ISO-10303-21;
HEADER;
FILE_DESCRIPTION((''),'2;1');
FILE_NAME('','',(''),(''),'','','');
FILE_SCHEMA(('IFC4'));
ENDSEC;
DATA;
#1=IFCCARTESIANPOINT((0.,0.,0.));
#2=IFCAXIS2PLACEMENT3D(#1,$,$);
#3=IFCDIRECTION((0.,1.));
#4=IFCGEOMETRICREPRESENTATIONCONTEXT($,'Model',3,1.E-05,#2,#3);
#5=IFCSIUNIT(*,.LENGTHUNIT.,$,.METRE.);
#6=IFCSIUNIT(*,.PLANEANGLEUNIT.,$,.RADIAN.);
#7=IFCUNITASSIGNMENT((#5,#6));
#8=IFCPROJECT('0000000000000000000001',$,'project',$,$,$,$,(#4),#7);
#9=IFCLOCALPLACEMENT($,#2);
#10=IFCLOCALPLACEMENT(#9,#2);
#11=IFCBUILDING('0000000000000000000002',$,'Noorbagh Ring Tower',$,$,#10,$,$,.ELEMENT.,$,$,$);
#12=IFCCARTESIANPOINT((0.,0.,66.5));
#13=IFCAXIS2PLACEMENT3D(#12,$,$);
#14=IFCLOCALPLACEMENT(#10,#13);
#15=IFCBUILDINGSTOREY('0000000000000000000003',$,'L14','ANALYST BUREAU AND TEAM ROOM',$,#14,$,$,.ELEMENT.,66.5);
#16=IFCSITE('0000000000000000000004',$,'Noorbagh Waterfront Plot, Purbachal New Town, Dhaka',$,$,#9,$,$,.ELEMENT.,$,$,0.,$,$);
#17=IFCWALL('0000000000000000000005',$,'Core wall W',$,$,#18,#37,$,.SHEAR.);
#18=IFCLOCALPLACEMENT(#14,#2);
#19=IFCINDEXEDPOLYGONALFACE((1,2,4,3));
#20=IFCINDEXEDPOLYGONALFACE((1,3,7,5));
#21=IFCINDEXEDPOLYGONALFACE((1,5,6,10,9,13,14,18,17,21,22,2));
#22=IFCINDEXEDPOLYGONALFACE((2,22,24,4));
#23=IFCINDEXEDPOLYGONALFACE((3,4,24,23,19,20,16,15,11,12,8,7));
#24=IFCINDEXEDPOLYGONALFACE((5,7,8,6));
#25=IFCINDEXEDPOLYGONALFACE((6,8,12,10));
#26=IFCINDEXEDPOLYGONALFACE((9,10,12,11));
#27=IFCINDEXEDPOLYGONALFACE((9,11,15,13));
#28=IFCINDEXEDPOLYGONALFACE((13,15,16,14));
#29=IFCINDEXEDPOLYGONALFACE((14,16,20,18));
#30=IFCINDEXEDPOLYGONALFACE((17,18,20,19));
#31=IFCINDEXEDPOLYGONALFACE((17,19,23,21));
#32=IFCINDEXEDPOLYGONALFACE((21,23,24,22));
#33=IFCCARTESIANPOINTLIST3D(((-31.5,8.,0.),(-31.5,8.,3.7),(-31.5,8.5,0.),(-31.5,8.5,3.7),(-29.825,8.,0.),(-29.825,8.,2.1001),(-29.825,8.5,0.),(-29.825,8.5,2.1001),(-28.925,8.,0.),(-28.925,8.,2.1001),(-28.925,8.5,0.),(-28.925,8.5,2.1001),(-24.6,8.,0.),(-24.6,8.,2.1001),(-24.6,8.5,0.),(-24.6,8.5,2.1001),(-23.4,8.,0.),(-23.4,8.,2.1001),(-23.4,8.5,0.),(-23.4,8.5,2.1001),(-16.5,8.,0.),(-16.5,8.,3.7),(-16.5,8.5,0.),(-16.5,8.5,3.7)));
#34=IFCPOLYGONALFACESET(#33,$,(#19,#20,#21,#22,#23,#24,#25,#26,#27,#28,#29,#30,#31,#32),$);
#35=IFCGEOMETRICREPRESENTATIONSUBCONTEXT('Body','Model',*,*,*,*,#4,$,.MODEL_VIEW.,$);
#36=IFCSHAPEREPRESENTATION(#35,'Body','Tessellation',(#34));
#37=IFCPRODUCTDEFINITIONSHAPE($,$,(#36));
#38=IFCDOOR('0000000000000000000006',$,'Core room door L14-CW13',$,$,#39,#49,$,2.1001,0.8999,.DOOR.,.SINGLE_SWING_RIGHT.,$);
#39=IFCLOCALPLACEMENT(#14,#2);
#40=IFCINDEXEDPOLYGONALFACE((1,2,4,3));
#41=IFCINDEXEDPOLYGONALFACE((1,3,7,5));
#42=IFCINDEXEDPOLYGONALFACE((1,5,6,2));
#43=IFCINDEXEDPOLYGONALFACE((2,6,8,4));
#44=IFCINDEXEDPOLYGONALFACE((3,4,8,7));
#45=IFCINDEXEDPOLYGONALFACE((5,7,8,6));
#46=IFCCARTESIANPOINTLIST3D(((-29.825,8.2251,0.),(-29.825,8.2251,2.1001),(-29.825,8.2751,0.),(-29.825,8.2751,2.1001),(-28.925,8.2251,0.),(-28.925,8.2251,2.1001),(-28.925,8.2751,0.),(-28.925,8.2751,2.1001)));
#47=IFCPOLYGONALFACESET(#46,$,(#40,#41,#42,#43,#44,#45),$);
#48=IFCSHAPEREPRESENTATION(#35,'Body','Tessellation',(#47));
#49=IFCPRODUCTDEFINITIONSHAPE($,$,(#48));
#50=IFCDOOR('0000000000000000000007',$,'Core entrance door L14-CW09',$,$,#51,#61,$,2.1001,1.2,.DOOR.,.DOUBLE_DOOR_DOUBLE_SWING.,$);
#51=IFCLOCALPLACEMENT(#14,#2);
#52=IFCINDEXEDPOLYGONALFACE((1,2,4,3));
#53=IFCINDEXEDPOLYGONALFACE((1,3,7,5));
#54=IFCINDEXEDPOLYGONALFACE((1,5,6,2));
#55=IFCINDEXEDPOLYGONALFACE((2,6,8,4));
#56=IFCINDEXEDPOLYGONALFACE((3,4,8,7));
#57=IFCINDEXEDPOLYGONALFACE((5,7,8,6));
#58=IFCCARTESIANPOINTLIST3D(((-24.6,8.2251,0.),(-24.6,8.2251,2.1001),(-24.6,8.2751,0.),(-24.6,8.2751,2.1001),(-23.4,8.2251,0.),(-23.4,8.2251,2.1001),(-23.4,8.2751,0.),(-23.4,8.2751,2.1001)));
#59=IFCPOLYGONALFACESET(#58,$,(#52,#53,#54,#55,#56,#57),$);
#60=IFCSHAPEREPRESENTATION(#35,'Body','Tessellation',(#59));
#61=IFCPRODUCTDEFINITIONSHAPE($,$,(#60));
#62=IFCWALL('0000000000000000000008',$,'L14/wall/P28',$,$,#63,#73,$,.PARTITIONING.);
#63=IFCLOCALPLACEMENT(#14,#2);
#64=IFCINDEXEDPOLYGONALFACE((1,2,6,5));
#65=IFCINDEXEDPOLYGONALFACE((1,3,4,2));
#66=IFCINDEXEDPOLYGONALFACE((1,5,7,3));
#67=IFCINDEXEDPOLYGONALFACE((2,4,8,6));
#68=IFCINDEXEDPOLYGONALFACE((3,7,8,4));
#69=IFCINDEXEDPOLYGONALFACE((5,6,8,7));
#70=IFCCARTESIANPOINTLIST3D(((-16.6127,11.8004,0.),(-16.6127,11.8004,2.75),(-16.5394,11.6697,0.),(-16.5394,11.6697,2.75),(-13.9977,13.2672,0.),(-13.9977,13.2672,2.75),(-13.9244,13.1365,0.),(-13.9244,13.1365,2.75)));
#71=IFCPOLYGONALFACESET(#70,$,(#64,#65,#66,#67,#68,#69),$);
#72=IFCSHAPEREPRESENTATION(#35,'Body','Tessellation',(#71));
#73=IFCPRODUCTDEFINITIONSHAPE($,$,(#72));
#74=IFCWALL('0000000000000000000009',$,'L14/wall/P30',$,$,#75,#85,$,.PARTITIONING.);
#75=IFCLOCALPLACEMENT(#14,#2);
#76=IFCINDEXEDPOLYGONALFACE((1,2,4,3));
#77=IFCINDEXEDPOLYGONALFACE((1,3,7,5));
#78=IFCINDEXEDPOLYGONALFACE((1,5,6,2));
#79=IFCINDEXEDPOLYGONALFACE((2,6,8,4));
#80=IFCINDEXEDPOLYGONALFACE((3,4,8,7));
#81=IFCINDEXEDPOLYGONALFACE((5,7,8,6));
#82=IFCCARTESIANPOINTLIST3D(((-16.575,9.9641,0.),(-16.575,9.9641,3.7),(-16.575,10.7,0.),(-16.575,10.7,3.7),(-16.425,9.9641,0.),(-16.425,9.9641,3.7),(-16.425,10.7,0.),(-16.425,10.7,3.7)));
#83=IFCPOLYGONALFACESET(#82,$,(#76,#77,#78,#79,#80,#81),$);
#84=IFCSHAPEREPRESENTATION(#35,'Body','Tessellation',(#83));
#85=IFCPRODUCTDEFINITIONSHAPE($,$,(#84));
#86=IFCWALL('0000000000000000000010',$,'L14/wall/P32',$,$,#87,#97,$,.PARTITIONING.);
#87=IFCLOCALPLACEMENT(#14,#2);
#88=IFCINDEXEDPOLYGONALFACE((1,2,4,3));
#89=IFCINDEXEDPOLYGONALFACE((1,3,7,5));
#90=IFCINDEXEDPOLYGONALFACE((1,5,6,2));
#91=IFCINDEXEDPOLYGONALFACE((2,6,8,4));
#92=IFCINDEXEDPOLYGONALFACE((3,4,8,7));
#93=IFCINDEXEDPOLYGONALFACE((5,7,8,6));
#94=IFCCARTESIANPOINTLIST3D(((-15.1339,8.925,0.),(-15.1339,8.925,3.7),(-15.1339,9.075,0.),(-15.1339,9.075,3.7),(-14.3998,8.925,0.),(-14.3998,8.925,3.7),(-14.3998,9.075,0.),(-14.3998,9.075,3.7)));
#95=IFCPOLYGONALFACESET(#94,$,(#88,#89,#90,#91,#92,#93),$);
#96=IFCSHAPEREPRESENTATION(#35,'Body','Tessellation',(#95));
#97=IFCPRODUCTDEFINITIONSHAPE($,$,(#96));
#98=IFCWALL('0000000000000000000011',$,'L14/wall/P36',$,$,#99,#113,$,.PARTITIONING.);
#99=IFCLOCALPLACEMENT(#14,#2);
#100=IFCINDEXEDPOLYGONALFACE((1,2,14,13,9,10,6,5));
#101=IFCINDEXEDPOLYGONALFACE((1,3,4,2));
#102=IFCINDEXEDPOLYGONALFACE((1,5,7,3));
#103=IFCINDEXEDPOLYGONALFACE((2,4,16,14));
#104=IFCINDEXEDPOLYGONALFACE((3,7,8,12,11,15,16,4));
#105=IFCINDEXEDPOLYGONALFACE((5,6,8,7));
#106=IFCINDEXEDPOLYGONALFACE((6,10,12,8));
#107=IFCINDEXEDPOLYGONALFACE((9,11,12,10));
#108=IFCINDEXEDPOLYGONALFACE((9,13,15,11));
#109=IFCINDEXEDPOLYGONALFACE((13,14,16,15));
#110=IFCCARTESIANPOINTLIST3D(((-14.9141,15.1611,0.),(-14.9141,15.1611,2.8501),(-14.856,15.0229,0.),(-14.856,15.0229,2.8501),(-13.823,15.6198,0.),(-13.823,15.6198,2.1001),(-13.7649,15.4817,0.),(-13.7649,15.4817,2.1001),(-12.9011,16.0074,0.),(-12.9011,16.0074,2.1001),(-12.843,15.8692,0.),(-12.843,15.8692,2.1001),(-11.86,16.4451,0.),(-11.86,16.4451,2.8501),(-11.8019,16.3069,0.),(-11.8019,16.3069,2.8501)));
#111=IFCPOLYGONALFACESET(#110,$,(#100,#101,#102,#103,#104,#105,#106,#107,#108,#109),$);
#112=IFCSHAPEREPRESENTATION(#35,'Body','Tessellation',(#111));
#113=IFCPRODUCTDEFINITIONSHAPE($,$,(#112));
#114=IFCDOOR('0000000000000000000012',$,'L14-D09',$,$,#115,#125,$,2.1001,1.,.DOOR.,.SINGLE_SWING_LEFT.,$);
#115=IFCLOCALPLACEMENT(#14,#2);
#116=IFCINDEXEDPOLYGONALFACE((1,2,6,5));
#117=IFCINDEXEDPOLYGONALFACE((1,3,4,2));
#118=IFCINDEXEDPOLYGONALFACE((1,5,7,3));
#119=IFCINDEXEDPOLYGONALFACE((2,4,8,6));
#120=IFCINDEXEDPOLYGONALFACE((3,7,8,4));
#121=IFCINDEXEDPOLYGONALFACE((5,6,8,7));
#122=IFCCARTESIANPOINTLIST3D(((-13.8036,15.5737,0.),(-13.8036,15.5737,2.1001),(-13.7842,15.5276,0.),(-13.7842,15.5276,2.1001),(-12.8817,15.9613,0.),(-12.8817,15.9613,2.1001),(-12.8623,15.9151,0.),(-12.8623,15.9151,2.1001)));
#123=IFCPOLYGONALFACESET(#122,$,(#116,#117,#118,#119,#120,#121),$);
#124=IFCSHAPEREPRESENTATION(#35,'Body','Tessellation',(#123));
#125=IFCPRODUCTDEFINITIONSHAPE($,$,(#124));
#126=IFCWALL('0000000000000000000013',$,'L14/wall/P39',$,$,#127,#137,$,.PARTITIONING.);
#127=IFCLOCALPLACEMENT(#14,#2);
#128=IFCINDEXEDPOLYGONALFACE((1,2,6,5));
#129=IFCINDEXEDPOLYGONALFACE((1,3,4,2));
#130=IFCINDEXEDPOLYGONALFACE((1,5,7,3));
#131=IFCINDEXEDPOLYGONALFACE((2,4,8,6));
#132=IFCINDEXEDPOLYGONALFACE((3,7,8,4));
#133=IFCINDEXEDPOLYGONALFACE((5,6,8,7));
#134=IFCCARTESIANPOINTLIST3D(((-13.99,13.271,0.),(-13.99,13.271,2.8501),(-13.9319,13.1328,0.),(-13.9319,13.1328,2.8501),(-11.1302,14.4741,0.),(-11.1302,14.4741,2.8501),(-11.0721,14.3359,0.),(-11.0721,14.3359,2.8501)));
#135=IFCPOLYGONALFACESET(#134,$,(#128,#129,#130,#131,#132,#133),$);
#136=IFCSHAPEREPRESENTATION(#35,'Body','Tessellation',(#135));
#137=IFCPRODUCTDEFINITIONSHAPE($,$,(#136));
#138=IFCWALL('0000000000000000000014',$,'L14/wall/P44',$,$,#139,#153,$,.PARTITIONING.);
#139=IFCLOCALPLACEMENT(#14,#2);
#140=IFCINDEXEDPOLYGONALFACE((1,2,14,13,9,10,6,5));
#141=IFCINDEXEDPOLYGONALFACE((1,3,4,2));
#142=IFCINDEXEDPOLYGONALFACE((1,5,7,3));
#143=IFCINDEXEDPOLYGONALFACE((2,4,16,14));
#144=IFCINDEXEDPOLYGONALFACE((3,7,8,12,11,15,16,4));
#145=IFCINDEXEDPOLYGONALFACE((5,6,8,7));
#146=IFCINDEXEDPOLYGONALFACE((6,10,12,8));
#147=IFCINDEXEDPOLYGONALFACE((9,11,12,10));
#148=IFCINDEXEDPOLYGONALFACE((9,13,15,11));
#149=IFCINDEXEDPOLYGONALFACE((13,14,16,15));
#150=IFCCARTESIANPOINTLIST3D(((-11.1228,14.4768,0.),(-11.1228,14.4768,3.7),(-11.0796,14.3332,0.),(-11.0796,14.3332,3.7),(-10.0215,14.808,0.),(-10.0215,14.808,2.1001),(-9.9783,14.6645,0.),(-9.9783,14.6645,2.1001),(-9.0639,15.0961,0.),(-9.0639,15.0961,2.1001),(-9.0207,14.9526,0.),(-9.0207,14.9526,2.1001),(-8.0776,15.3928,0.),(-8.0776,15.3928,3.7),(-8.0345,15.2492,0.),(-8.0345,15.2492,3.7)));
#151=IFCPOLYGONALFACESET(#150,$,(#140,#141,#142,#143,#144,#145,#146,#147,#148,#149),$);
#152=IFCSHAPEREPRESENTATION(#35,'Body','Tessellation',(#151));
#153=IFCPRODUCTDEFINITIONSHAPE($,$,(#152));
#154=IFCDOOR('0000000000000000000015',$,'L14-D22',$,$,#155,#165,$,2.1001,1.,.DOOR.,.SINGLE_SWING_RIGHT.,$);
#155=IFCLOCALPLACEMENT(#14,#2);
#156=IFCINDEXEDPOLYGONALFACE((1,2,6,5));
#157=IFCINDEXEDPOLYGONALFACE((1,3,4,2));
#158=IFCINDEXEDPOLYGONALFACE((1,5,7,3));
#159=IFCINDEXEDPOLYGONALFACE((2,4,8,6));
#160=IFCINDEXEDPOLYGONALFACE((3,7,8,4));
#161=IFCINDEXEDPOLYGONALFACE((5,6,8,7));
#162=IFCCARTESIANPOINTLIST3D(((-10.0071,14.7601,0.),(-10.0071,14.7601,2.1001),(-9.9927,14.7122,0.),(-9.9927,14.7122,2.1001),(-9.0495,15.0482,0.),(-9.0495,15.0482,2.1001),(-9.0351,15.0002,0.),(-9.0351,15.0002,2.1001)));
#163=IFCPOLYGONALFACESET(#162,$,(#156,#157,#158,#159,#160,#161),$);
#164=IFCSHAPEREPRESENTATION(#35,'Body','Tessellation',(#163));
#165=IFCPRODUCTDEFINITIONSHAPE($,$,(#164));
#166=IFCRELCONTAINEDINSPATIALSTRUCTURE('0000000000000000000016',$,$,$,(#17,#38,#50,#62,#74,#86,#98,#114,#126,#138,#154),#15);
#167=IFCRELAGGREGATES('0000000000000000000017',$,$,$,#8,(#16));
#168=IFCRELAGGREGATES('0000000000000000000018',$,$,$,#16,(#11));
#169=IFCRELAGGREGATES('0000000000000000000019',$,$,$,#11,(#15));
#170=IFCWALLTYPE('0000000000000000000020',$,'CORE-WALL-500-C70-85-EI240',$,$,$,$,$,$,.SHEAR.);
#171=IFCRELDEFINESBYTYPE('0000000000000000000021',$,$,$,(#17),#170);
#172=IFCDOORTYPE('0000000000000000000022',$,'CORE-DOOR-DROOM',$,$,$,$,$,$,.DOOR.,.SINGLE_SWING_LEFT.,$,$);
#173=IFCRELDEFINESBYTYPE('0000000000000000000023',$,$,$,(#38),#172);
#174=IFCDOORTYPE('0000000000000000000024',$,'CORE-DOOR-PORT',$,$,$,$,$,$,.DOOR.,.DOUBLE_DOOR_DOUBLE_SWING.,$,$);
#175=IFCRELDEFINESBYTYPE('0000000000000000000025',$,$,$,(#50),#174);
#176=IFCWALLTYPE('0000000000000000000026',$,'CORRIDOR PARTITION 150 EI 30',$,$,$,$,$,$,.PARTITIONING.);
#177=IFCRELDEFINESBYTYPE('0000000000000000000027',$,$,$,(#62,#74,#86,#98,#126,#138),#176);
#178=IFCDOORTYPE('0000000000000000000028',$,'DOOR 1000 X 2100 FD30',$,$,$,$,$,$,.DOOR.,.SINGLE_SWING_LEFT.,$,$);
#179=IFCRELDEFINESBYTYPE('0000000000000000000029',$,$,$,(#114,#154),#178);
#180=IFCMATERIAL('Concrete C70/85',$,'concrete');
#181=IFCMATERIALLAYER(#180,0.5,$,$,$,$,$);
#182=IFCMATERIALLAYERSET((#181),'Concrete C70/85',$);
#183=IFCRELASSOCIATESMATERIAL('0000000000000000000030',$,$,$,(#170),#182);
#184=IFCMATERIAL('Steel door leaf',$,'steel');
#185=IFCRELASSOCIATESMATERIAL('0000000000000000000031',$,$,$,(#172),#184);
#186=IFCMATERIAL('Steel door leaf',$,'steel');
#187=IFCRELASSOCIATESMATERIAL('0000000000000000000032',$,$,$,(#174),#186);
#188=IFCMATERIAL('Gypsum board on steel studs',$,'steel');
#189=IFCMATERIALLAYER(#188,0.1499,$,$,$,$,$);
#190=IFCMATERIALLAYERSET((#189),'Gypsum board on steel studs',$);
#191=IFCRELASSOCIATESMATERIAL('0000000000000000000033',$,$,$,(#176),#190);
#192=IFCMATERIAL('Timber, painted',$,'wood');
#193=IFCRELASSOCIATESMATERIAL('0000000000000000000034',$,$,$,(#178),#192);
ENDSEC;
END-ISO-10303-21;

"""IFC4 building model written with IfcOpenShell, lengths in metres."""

from ifc_helpers import new_model, si_unit, direction, frame, frame_2d, origin, place, context, subcontext, project, spatial, rectangle, extrude, material, layer, layer_set, type_object, element, fill, save


model = new_model("IFC4")

# Units and contexts
model_context = context("Model", 3, precision=1e-05, world=origin(), true_north=direction((0.0, 1.0)))
body_context = subcontext(model_context, "Body", "Model", "MODEL_VIEW")
ifc_project = project(units=[si_unit("LENGTHUNIT", "METRE"), si_unit("PLANEANGLEUNIT", "RADIAN")], contexts=[model_context])

# Site, building, storey
site_placement = place(None, origin())
site = spatial("IfcSite", under=ifc_project, at=site_placement, Name="Noorbagh Waterfront Plot, Purbachal New Town, Dhaka", CompositionType="ELEMENT", RefElevation=0.0)
building_placement = place(site_placement, origin())
building = spatial("IfcBuilding", under=site, at=building_placement, Name="Noorbagh Ring Tower", CompositionType="ELEMENT")
storey_placement = place(building_placement, frame((0.0, 0.0, 66.5)))
storey = spatial("IfcBuildingStorey", under=building, at=storey_placement, Name="L14", Description="ANALYST BUREAU AND TEAM ROOM", CompositionType="ELEMENT", Elevation=66.5)

# Wall, openings, doors
ifc_material_1 = material(Name="Concrete C70/85", Category="concrete")
ifc_layer_1 = layer(ifc_material_1, 0.5)
ifc_layer_set_1 = layer_set([ifc_layer_1], Name="Concrete C70/85")
wall_type_1 = type_object("IfcWallType", Name="CORE-WALL-500-C70-85-EI240", PredefinedType="SHEAR", material=ifc_layer_set_1)
wall_1_placement = place(storey_placement, frame((-16.5, 8.25, 0.0), z_axis=(0.0, 0.0, 1.0), x_axis=(-1.0, 0.0, 0.0)))
wall_1 = element("IfcWall", 1, at=wall_1_placement, inside=storey, type_object=wall_type_1, Name="Core wall W", PredefinedType="SHEAR", context=body_context, shape_type="SweptSolid", body=[
    extrude(rectangle(XDim=15.0, YDim=0.5, at=frame_2d((7.5, 0.0))), origin(), (0.0, 0.0, 1.0), 3.7),
])
opening_1_placement = place(wall_1_placement, frame((6.8999, 0.0, 0.0)))
opening_1 = element("IfcOpeningElement", 2, at=opening_1_placement, cuts=wall_1, PredefinedType="OPENING", context=body_context, shape_type="SweptSolid", body=[
    extrude(rectangle(XDim=1.2, YDim=2.1001, at=frame_2d((0.6001, 1.05))), frame((0.0, 0.26, 0.0), z_axis=(0.0, -1.0, 0.0), x_axis=(1.0, 0.0, 0.0)), (0.0, 0.0, 1.0), 0.52),
])
opening_2_placement = place(wall_1_placement, frame((12.425, 0.0, 0.0)))
opening_2 = element("IfcOpeningElement", 3, at=opening_2_placement, cuts=wall_1, PredefinedType="OPENING", context=body_context, shape_type="SweptSolid", body=[
    extrude(rectangle(XDim=0.8999, YDim=2.1001, at=frame_2d((0.45, 1.05))), frame((0.0, 0.26, 0.0), z_axis=(0.0, -1.0, 0.0), x_axis=(1.0, 0.0, 0.0)), (0.0, 0.0, 1.0), 0.52),
])
ifc_material_2 = material(Name="Steel door leaf", Category="steel")
door_type_1 = type_object("IfcDoorType", Name="CORE-DOOR-DROOM", OperationType="SINGLE_SWING_LEFT", PredefinedType="DOOR", material=ifc_material_2)
door_1_placement = place(opening_2_placement, origin())
door_1 = element("IfcDoor", 4, at=door_1_placement, inside=storey, type_object=door_type_1, Name="Core room door L14-CW13", OperationType="SINGLE_SWING_RIGHT", OverallHeight=2.1001, OverallWidth=0.8999, PredefinedType="DOOR", context=body_context, shape_type="SweptSolid", body=[
    extrude(rectangle(XDim=0.8999, YDim=2.1001, at=frame_2d((0.45, 1.05))), frame((0.0, 0.0249, 0.0), z_axis=(0.0, -1.0, 0.0), x_axis=(1.0, 0.0, 0.0)), (0.0, 0.0, 1.0), 0.05),
])
fill(opening_2, door_1)
ifc_material_3 = material(Name="Steel door leaf", Category="steel")
door_type_2 = type_object("IfcDoorType", Name="CORE-DOOR-PORT", OperationType="DOUBLE_DOOR_DOUBLE_SWING", PredefinedType="DOOR", material=ifc_material_3)
door_2_placement = place(opening_1_placement, origin())
door_2 = element("IfcDoor", 5, at=door_2_placement, inside=storey, type_object=door_type_2, Name="Core entrance door L14-CW09", OperationType="DOUBLE_DOOR_DOUBLE_SWING", OverallHeight=2.1001, OverallWidth=1.2, PredefinedType="DOOR", context=body_context, shape_type="SweptSolid", body=[
    extrude(rectangle(XDim=1.2, YDim=2.1001, at=frame_2d((0.6001, 1.05))), frame((0.0, 0.0249, 0.0), z_axis=(0.0, -1.0, 0.0), x_axis=(1.0, 0.0, 0.0)), (0.0, 0.0, 1.0), 0.05),
])
fill(opening_1, door_2)

# Walls
ifc_material_4 = material(Name="Gypsum board on steel studs", Category="steel")
ifc_layer_2 = layer(ifc_material_4, 0.1499)
ifc_layer_set_2 = layer_set([ifc_layer_2], Name="Gypsum board on steel studs")
wall_type_2 = type_object("IfcWallType", Name="CORRIDOR PARTITION 150 EI 30", PredefinedType="PARTITIONING", material=ifc_layer_set_2)
wall_2_placement = place(storey_placement, frame((-16.5759, 11.7351, 0.0), z_axis=(0.0, 0.0, 1.0), x_axis=(0.872164, 0.489213, 0.0)))
element("IfcWall", 6, at=wall_2_placement, inside=storey, type_object=wall_type_2, Name="L14/wall/P28", PredefinedType="PARTITIONING", context=body_context, shape_type="SweptSolid", body=[
    extrude(rectangle(XDim=2.9983, YDim=0.1499, at=frame_2d((1.499, 0.0))), origin(), (0.0, 0.0, 1.0), 2.75),
])
wall_3_placement = place(storey_placement, frame((-16.5, 9.9641, 0.0), z_axis=(0.0, 0.0, 1.0), x_axis=(0.0, 1.0, 0.0)))
element("IfcWall", 7, at=wall_3_placement, inside=storey, type_object=wall_type_2, Name="L14/wall/P30", PredefinedType="PARTITIONING", context=body_context, shape_type="SweptSolid", body=[
    extrude(rectangle(XDim=0.7358, YDim=0.1499, at=frame_2d((0.3679, 0.0))), origin(), (0.0, 0.0, 1.0), 3.7),
])
wall_4_placement = place(storey_placement, frame((-15.134, 9.0, 0.0), z_axis=(0.0, 0.0, 1.0), x_axis=(1.0, 0.0, 0.0)))
element("IfcWall", 8, at=wall_4_placement, inside=storey, type_object=wall_type_2, Name="L14/wall/P32", PredefinedType="PARTITIONING", context=body_context, shape_type="SweptSolid", body=[
    extrude(rectangle(XDim=0.7341, YDim=0.1499, at=frame_2d((0.3672, 0.0))), origin(), (0.0, 0.0, 1.0), 3.7),
])

# Wall, opening, door
wall_5_placement = place(storey_placement, frame((-14.885, 15.092, 0.0), z_axis=(0.0, 0.0, 1.0), x_axis=(0.921845, 0.387559, 0.0)))
wall_5 = element("IfcWall", 9, at=wall_5_placement, inside=storey, type_object=wall_type_2, Name="L14/wall/P36", PredefinedType="PARTITIONING", context=body_context, shape_type="SweptSolid", body=[
    extrude(rectangle(XDim=3.313, YDim=0.1499, at=frame_2d((1.6565, 0.0))), origin(), (0.0, 0.0, 1.0), 2.8501),
])
opening_3_placement = place(wall_5_placement, frame((1.1836, 0.0, 0.0)))
opening_3 = element("IfcOpeningElement", 10, at=opening_3_placement, cuts=wall_5, PredefinedType="OPENING", context=body_context, shape_type="SweptSolid", body=[
    extrude(rectangle(XDim=1.0, YDim=2.1001, at=frame_2d((0.5, 1.05))), frame((0.0, 0.085, 0.0), z_axis=(0.0, -1.0, 0.0), x_axis=(1.0, 0.0, 0.0)), (0.0, 0.0, 1.0), 0.1699),
])
ifc_material_5 = material(Name="Timber, painted", Category="wood")
door_type_3 = type_object("IfcDoorType", Name="DOOR 1000 X 2100 FD30", OperationType="SINGLE_SWING_LEFT", PredefinedType="DOOR", material=ifc_material_5)
door_3_placement = place(opening_3_placement, origin())
door_3 = element("IfcDoor", 11, at=door_3_placement, inside=storey, type_object=door_type_3, Name="L14-D09", OperationType="SINGLE_SWING_LEFT", OverallHeight=2.1001, OverallWidth=1.0, PredefinedType="DOOR", context=body_context, shape_type="SweptSolid", body=[
    extrude(rectangle(XDim=1.0, YDim=2.1001, at=frame_2d((0.5, 1.05))), frame((0.0, 0.0249, 0.0), z_axis=(0.0, -1.0, 0.0), x_axis=(1.0, 0.0, 0.0)), (0.0, 0.0, 1.0), 0.05),
])
fill(opening_3, door_3)

# Wall
wall_6_placement = place(storey_placement, frame((-13.9609, 13.2019, 0.0), z_axis=(0.0, 0.0, 1.0), x_axis=(0.921754, 0.387776, 0.0)))
element("IfcWall", 12, at=wall_6_placement, inside=storey, type_object=wall_type_2, Name="L14/wall/P39", PredefinedType="PARTITIONING", context=body_context, shape_type="SweptSolid", body=[
    extrude(rectangle(XDim=3.1025, YDim=0.1499, at=frame_2d((1.5513, 0.0))), origin(), (0.0, 0.0, 1.0), 2.8501),
])

# Wall, opening, door
wall_7_placement = place(storey_placement, frame((-11.1011, 14.405, 0.0), z_axis=(0.0, 0.0, 1.0), x_axis=(0.957613, 0.288059, 0.0)))
wall_7 = element("IfcWall", 13, at=wall_7_placement, inside=storey, type_object=wall_type_2, Name="L14/wall/P44", PredefinedType="PARTITIONING", context=body_context, shape_type="SweptSolid", body=[
    extrude(rectangle(XDim=3.1799, YDim=0.1499, at=frame_2d((1.5898, 0.0))), origin(), (0.0, 0.0, 1.0), 3.7),
])
opening_4_placement = place(wall_7_placement, frame((1.1499, 0.0, 0.0)))
opening_4 = element("IfcOpeningElement", 14, at=opening_4_placement, cuts=wall_7, PredefinedType="OPENING", context=body_context, shape_type="SweptSolid", body=[
    extrude(rectangle(XDim=1.0, YDim=2.1001, at=frame_2d((0.5, 1.05))), frame((0.0, 0.085, 0.0), z_axis=(0.0, -1.0, 0.0), x_axis=(1.0, 0.0, 0.0)), (0.0, 0.0, 1.0), 0.1699),
])
door_4_placement = place(opening_4_placement, origin())
door_4 = element("IfcDoor", 15, at=door_4_placement, inside=storey, type_object=door_type_3, Name="L14-D22", OperationType="SINGLE_SWING_RIGHT", OverallHeight=2.1001, OverallWidth=1.0, PredefinedType="DOOR", context=body_context, shape_type="SweptSolid", body=[
    extrude(rectangle(XDim=1.0, YDim=2.1001, at=frame_2d((0.5, 1.05))), frame((0.0, 0.0249, 0.0), z_axis=(0.0, -1.0, 0.0), x_axis=(1.0, 0.0, 0.0)), (0.0, 0.0, 1.0), 0.05),
])
fill(opening_4, door_4)

save(model, "model.ifc")
